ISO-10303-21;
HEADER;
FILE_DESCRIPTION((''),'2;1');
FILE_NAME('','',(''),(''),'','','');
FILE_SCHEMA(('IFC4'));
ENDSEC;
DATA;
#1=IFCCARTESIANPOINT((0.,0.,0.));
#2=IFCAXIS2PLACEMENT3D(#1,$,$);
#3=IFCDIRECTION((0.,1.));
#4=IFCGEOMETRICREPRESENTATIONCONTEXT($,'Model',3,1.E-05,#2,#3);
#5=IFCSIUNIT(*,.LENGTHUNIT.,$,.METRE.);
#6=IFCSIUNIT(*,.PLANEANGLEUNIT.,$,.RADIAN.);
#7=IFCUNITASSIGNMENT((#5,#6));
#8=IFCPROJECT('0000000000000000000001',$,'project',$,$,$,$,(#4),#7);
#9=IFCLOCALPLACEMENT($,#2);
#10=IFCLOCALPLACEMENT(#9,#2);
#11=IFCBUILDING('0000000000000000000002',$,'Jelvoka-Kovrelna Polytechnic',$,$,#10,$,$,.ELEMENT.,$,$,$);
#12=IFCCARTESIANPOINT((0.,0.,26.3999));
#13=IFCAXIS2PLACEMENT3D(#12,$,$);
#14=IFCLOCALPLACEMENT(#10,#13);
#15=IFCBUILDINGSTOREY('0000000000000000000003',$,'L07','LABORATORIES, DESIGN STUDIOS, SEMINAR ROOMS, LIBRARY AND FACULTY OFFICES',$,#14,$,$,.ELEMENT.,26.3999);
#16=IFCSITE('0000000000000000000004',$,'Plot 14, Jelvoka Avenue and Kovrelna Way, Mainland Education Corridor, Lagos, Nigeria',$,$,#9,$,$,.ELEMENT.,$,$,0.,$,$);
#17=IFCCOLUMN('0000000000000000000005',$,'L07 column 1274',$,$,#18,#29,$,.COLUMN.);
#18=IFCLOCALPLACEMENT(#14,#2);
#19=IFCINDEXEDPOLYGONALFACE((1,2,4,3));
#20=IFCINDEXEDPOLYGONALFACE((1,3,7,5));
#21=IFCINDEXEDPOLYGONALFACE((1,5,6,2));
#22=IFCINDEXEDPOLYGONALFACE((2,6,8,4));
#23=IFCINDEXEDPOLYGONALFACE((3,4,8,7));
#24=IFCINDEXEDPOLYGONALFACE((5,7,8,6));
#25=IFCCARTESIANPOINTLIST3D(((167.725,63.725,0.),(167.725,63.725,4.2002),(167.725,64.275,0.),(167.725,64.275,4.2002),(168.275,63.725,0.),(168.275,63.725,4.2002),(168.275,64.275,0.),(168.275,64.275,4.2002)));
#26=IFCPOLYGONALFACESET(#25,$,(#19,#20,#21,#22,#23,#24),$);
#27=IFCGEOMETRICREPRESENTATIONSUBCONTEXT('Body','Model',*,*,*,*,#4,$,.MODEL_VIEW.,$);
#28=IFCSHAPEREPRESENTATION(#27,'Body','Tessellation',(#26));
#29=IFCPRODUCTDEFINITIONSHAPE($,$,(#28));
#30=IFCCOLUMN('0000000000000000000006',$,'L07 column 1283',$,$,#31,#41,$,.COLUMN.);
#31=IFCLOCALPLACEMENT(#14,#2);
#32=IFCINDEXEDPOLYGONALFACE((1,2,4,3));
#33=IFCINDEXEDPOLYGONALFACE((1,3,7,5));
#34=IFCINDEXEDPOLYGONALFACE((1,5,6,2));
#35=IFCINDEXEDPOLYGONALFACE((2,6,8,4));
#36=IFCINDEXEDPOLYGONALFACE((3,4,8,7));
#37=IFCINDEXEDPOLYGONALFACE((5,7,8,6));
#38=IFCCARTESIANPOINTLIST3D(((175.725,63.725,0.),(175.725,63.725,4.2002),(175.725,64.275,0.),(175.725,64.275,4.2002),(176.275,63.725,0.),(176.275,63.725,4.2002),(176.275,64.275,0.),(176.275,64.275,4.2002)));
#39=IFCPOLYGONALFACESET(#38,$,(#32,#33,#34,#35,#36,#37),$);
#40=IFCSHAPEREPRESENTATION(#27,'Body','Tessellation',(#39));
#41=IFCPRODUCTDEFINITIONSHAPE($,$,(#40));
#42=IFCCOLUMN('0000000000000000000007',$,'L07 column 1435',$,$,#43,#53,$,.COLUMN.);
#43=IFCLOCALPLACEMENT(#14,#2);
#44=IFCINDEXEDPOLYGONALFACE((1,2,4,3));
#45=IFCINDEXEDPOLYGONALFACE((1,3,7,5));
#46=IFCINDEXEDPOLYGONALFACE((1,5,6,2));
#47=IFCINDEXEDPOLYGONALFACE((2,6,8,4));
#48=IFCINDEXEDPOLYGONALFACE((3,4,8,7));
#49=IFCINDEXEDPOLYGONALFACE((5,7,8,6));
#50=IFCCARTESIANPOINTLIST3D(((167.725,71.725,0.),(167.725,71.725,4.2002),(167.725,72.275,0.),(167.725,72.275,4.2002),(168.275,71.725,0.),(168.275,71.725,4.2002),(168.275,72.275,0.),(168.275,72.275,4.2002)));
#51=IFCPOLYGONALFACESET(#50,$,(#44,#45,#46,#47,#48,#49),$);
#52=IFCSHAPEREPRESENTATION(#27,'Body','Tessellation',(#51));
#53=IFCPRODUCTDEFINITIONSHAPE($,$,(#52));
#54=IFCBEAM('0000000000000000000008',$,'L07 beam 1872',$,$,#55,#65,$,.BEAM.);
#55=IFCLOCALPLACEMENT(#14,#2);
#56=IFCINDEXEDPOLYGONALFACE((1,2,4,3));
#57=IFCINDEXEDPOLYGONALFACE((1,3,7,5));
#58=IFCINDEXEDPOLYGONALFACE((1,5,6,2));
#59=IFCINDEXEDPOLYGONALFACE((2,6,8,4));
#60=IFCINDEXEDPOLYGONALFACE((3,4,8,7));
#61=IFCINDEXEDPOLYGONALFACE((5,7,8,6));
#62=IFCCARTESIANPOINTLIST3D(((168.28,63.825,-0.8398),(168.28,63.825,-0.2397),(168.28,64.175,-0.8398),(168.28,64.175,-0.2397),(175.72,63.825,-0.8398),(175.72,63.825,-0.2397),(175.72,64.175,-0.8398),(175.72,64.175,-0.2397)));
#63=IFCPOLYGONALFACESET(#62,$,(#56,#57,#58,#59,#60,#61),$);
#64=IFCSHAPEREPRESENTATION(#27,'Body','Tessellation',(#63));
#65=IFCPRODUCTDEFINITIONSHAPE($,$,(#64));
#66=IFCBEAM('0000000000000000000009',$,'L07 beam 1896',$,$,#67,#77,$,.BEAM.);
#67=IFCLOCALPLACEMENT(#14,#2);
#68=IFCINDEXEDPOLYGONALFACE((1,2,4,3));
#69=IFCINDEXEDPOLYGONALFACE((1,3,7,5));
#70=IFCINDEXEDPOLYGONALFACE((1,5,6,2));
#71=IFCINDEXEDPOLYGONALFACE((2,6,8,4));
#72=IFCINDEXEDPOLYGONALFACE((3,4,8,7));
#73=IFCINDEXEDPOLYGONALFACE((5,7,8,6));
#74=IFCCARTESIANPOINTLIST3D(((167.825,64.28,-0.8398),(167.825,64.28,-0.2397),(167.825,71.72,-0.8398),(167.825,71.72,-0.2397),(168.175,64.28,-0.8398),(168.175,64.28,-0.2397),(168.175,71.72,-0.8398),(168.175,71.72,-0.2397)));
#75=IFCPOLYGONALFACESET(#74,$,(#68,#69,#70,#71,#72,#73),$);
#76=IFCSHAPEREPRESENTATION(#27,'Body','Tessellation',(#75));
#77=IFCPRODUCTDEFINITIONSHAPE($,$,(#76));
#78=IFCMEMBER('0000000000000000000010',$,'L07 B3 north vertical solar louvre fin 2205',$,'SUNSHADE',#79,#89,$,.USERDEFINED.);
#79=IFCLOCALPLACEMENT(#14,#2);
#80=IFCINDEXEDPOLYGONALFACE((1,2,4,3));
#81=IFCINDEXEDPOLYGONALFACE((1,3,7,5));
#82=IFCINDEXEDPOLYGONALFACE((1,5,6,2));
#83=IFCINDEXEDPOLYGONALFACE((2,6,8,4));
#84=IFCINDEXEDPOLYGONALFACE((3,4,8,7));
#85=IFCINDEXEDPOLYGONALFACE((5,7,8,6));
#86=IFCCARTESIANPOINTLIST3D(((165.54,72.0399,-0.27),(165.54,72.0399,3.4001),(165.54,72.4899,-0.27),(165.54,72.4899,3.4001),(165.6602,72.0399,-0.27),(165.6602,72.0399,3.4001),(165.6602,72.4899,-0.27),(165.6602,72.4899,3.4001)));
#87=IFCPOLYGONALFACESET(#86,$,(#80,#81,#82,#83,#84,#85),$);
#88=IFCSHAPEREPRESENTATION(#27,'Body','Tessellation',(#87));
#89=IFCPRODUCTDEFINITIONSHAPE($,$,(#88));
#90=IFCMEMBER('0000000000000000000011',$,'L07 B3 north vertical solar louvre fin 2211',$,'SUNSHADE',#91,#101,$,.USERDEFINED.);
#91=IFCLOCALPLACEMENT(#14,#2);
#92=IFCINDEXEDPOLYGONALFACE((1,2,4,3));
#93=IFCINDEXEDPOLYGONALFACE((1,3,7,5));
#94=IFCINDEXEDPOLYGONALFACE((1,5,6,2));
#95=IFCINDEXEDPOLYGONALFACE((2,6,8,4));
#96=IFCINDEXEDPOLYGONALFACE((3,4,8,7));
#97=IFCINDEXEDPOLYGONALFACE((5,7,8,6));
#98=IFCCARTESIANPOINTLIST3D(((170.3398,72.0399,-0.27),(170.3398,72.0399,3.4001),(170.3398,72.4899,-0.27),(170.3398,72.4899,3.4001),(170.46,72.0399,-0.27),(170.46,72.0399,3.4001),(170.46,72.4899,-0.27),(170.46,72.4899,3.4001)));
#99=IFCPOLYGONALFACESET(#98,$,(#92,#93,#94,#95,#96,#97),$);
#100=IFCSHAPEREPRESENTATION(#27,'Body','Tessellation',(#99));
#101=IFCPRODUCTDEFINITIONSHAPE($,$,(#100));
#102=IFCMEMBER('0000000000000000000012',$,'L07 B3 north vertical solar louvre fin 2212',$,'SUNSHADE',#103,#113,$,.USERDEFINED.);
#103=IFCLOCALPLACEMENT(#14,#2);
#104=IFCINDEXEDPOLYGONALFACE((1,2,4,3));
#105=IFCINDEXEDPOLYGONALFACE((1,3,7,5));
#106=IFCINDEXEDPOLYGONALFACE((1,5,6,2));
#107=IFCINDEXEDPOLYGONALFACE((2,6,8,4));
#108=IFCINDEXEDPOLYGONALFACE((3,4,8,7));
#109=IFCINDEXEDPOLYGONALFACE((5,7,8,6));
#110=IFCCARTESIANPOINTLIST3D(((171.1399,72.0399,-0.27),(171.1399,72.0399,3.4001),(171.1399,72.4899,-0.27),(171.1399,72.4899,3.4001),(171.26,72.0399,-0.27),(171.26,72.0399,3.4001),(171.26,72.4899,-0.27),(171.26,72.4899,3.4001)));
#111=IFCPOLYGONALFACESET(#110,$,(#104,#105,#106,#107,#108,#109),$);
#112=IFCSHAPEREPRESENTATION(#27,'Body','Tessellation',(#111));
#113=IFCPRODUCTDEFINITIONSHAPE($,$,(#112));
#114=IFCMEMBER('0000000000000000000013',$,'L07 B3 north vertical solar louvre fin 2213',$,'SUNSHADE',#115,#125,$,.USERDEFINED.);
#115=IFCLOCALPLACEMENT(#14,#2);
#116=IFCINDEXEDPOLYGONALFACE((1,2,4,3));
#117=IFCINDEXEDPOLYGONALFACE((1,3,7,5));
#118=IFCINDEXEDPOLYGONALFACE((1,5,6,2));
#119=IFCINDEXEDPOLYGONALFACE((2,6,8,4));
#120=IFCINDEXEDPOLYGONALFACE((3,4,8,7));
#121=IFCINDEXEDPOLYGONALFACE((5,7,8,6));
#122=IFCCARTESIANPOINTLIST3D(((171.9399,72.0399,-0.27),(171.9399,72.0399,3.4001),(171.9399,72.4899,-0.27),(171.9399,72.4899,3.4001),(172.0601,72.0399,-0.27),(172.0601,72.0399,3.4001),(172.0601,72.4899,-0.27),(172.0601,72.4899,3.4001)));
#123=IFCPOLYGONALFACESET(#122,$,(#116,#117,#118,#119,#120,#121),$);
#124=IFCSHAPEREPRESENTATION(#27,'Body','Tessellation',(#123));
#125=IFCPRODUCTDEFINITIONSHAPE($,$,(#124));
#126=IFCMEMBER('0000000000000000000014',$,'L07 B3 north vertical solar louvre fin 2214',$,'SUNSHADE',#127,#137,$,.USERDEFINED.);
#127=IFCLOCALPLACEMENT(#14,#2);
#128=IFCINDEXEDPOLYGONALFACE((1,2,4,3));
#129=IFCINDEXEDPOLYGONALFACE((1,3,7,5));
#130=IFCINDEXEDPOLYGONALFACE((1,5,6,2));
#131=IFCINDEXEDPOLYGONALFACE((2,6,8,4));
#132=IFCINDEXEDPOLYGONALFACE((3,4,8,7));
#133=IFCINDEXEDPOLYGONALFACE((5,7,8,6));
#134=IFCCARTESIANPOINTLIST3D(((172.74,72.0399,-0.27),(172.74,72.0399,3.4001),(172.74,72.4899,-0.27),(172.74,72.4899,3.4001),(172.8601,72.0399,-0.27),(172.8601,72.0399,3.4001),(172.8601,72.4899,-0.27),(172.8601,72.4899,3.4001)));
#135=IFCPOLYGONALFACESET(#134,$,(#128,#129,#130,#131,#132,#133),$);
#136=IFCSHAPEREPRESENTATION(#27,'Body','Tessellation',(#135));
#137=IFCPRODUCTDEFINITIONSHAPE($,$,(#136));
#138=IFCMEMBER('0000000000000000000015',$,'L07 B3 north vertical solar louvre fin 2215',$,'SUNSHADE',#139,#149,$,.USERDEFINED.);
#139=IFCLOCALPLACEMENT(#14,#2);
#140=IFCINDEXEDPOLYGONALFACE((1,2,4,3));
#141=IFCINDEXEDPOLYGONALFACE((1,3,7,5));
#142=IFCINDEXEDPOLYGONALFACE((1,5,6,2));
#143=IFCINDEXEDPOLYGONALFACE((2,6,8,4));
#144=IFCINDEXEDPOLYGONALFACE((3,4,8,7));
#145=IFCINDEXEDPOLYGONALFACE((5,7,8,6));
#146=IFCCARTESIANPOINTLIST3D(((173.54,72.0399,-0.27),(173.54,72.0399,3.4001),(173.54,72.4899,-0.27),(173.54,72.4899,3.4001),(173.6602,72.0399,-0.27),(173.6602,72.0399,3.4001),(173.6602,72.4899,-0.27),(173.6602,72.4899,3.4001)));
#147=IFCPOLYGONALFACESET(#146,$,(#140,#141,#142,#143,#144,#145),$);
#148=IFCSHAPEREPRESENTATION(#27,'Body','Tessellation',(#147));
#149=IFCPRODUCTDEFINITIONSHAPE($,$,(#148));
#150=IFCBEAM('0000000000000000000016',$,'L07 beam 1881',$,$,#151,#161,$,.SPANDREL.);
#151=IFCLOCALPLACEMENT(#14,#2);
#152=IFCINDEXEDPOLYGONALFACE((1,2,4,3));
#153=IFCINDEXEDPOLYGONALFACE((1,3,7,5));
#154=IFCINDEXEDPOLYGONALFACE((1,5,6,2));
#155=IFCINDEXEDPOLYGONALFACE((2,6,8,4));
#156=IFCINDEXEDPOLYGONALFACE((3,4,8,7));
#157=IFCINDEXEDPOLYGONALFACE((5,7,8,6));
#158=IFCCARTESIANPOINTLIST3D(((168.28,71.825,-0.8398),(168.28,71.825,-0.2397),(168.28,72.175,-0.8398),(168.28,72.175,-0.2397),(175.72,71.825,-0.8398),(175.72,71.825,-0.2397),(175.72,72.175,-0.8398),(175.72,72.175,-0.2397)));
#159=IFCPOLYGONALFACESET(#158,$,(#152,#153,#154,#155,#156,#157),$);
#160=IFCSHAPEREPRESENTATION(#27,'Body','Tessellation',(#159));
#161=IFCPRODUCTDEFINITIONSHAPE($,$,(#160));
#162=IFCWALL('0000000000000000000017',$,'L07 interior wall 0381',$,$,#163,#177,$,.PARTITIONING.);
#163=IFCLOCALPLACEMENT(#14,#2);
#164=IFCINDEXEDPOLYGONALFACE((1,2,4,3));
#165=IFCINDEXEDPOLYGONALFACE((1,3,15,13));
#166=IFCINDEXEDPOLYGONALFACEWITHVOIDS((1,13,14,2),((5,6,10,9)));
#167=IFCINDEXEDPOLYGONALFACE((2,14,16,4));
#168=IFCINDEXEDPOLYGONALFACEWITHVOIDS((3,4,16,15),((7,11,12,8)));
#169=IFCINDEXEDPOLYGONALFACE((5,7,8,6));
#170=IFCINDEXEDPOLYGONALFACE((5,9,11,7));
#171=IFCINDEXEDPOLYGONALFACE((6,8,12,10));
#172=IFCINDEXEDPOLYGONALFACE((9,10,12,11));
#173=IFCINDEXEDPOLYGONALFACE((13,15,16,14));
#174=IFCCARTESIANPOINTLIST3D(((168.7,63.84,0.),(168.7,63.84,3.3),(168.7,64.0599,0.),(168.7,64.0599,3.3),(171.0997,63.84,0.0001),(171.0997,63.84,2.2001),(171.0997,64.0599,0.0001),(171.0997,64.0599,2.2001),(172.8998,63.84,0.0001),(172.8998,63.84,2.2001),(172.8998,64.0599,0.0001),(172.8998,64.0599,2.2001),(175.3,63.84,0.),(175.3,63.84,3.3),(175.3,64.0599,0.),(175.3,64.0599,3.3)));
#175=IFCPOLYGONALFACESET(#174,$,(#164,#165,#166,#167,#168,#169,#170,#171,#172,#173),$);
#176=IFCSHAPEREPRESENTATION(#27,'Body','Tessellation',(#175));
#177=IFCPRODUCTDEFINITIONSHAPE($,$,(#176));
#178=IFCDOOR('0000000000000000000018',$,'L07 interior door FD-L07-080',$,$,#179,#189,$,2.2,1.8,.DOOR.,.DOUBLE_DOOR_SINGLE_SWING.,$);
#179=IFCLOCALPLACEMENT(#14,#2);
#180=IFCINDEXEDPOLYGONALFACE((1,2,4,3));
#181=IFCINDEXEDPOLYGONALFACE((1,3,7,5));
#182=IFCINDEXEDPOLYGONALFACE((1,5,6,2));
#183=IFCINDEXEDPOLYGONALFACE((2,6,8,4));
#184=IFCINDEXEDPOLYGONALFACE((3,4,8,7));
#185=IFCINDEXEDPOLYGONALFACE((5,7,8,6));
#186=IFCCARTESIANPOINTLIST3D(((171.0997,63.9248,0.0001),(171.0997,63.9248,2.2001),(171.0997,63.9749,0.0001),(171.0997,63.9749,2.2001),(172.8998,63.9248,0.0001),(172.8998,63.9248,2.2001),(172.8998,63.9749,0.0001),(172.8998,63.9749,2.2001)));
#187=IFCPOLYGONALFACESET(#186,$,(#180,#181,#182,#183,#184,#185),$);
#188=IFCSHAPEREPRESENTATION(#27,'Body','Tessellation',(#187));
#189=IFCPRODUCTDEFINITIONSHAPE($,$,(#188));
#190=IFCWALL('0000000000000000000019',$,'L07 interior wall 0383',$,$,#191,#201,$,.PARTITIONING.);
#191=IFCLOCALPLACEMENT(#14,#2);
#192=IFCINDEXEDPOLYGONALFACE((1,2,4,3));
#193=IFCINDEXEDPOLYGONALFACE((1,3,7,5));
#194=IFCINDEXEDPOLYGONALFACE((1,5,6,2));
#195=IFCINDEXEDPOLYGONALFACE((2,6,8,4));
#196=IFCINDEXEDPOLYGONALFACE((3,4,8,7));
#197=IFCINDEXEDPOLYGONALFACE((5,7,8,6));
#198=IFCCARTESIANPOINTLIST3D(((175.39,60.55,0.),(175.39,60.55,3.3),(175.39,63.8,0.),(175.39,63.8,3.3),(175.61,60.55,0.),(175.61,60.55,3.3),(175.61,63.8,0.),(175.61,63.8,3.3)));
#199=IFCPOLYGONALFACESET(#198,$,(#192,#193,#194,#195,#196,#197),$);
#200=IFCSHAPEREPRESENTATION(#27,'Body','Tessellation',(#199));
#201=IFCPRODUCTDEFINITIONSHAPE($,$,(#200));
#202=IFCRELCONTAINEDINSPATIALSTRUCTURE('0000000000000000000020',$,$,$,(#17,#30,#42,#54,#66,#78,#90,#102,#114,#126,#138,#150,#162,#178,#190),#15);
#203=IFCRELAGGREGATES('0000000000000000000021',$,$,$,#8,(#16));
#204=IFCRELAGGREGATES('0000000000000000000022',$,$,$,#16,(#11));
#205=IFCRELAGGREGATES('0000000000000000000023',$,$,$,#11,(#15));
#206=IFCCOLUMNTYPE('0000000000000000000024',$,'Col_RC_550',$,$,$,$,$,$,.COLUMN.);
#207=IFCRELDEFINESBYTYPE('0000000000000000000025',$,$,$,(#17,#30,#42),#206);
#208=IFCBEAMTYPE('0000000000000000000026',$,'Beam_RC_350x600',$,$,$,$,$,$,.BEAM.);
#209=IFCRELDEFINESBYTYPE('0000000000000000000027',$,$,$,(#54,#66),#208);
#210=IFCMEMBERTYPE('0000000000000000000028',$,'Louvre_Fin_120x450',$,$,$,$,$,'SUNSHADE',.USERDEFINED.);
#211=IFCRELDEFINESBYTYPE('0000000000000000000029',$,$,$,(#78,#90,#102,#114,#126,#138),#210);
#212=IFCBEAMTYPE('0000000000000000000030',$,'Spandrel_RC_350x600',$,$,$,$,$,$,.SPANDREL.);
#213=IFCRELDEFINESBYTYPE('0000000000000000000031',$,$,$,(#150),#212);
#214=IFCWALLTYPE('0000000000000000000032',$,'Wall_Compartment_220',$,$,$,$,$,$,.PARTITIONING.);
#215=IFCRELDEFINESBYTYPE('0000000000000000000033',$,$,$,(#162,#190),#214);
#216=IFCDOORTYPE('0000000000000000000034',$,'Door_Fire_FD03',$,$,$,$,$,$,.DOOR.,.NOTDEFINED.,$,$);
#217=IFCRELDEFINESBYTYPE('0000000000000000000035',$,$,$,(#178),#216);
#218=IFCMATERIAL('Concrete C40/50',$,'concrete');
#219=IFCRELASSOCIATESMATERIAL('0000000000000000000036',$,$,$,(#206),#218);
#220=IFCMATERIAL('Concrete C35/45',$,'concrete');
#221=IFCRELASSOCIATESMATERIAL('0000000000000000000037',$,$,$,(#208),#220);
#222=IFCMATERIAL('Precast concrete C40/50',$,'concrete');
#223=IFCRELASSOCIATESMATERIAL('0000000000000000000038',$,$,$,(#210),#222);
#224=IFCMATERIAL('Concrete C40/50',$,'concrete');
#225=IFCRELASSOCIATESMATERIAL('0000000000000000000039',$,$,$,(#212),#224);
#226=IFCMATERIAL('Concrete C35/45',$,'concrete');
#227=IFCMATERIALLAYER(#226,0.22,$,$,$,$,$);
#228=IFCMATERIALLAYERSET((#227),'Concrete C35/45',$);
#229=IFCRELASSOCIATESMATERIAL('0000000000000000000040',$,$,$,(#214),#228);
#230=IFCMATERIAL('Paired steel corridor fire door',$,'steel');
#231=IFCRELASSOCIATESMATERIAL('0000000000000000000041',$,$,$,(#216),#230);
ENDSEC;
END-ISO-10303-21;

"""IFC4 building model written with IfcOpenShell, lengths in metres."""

from ifc_helpers import new_model, si_unit, direction, frame, frame_2d, origin, origin_2d, place, context, subcontext, project, spatial, rectangle, extrude, material, layer, layer_set, material_profile, profile_set, type_object, element, fill, save


model = new_model("IFC4")

# Units and contexts
model_context = context("Model", 3, precision=1e-05, world=origin(), true_north=direction((0.0, 1.0)))
body_context = subcontext(model_context, "Body", "Model", "MODEL_VIEW")
ifc_project = project(units=[si_unit("LENGTHUNIT", "METRE"), si_unit("PLANEANGLEUNIT", "RADIAN")], contexts=[model_context])

# Site, building, storey
site_placement = place(None, origin())
site = spatial("IfcSite", under=ifc_project, at=site_placement, Name="Plot 14, Jelvoka Avenue and Kovrelna Way, Mainland Education Corridor, Lagos, Nigeria", CompositionType="ELEMENT", RefElevation=0.0)
building_placement = place(site_placement, origin())
building = spatial("IfcBuilding", under=site, at=building_placement, Name="Jelvoka-Kovrelna Polytechnic", CompositionType="ELEMENT")
storey_placement = place(building_placement, frame((0.0, 0.0, 26.3999)))
storey = spatial("IfcBuildingStorey", under=building, at=storey_placement, Name="L07", Description="LABORATORIES, DESIGN STUDIOS, SEMINAR ROOMS, LIBRARY AND FACULTY OFFICES", CompositionType="ELEMENT", Elevation=26.3999)

# Columns
ifc_material_1 = material(Name="Concrete C40/50", Category="concrete")
ifc_material_profile_1 = material_profile(ifc_material_1, rectangle(XDim=0.55, YDim=0.55, at=origin_2d()), Name="RC 550x550")
ifc_profile_set_1 = profile_set([ifc_material_profile_1], Name="Concrete C40/50")
column_type = type_object("IfcColumnType", Name="Col_RC_550", PredefinedType="COLUMN", material=ifc_profile_set_1)
for number, where, z_axis, x_axis, name in (
    (1, (168.0, 64.0, 0.0), (0.0, 0.0, 1.0), (1.0, 0.0, 0.0), "L07 column 1274"),
    (2, (176.0, 64.0, 0.0), (0.0, 0.0, 1.0), (1.0, 0.0, 0.0), "L07 column 1283"),
    (3, (168.0, 72.0, 0.0), (0.0, 0.0, 1.0), (1.0, 0.0, 0.0), "L07 column 1435"),
):
    element("IfcColumn", number, at=place(storey_placement, frame(where, z_axis=z_axis, x_axis=x_axis)), inside=storey, type_object=column_type, Name=name, PredefinedType="COLUMN", context=body_context, shape_type="SweptSolid", body=[
        extrude(rectangle(XDim=0.55, YDim=0.55, at=origin_2d()), origin(), (0.0, 0.0, 1.0), 4.2002),
    ])

# Beams
ifc_material_2 = material(Name="Concrete C35/45", Category="concrete")
ifc_material_profile_2 = material_profile(ifc_material_2, rectangle(XDim=0.3501, YDim=0.6001, at=origin_2d()), Name="RC 350x600")
ifc_profile_set_2 = profile_set([ifc_material_profile_2], Name="Concrete C35/45")
beam_type_1 = type_object("IfcBeamType", Name="Beam_RC_350x600", PredefinedType="BEAM", material=ifc_profile_set_2)
for number, where, z_axis, x_axis, name in (
    (4, (168.28, 64.0, -0.5398), (1.0, 0.0, 0.0), (0.0, 1.0, 0.0), "L07 beam 1872"),
    (5, (168.0, 64.28, -0.5398), (0.0, 1.0, 0.0), (-1.0, 0.0, 0.0), "L07 beam 1896"),
):
    element("IfcBeam", number, at=place(storey_placement, frame(where, z_axis=z_axis, x_axis=x_axis)), inside=storey, type_object=beam_type_1, Name=name, PredefinedType="BEAM", context=body_context, shape_type="SweptSolid", body=[
        extrude(rectangle(XDim=0.3501, YDim=0.6001, at=origin_2d()), origin(), (0.0, 0.0, 1.0), 7.4399),
    ])

# Members
ifc_material_3 = material(Name="Precast concrete C40/50", Category="concrete")
ifc_material_profile_3 = material_profile(ifc_material_3, rectangle(XDim=0.1201, YDim=0.45, at=origin_2d()), Name="PC 120x450")
ifc_profile_set_3 = profile_set([ifc_material_profile_3], Name="Precast concrete C40/50")
member_type = type_object("IfcMemberType", Name="Louvre_Fin_120x450", ElementType="SUNSHADE", PredefinedType="USERDEFINED", material=ifc_profile_set_3)
for number, where, z_axis, x_axis, name in (
    (6, (165.6001, 72.2649, -0.27), (0.0, 0.0, 1.0), (1.0, 0.0, 0.0), "L07 B3 north vertical solar louvre fin 2205"),
    (7, (170.3999, 72.2649, -0.27), (0.0, 0.0, 1.0), (1.0, 0.0, 0.0), "L07 B3 north vertical solar louvre fin 2211"),
    (8, (171.2, 72.2649, -0.27), (0.0, 0.0, 1.0), (1.0, 0.0, 0.0), "L07 B3 north vertical solar louvre fin 2212"),
    (9, (172.0, 72.2649, -0.27), (0.0, 0.0, 1.0), (1.0, 0.0, 0.0), "L07 B3 north vertical solar louvre fin 2213"),
    (10, (172.8, 72.2649, -0.27), (0.0, 0.0, 1.0), (1.0, 0.0, 0.0), "L07 B3 north vertical solar louvre fin 2214"),
    (11, (173.6001, 72.2649, -0.27), (0.0, 0.0, 1.0), (1.0, 0.0, 0.0), "L07 B3 north vertical solar louvre fin 2215"),
):
    element("IfcMember", number, at=place(storey_placement, frame(where, z_axis=z_axis, x_axis=x_axis)), inside=storey, type_object=member_type, Name=name, ObjectType="SUNSHADE", PredefinedType="USERDEFINED", context=body_context, shape_type="SweptSolid", body=[
        extrude(rectangle(XDim=0.1201, YDim=0.45, at=origin_2d()), origin(), (0.0, 0.0, 1.0), 3.6702),
    ])

# Beam
ifc_material_4 = material(Name="Concrete C40/50", Category="concrete")
ifc_material_profile_4 = material_profile(ifc_material_4, rectangle(XDim=0.3501, YDim=0.6001, at=origin_2d()), Name="RC 350x600")
ifc_profile_set_4 = profile_set([ifc_material_profile_4], Name="Concrete C40/50")
beam_type_2 = type_object("IfcBeamType", Name="Spandrel_RC_350x600", PredefinedType="SPANDREL", material=ifc_profile_set_4)
beam_placement = place(storey_placement, frame((168.28, 72.0, -0.5398), z_axis=(1.0, 0.0, 0.0), x_axis=(0.0, 1.0, 0.0)))
element("IfcBeam", 12, at=beam_placement, inside=storey, type_object=beam_type_2, Name="L07 beam 1881", PredefinedType="SPANDREL", context=body_context, shape_type="SweptSolid", body=[
    extrude(rectangle(XDim=0.3501, YDim=0.6001, at=origin_2d()), origin(), (0.0, 0.0, 1.0), 7.4399),
])

# Wall, opening, door
ifc_material_5 = material(Name="Concrete C35/45", Category="concrete")
ifc_layer_1 = layer(ifc_material_5, 0.22)
ifc_layer_set_1 = layer_set([ifc_layer_1], Name="Concrete C35/45")
wall_type_1 = type_object("IfcWallType", Name="Wall_Compartment_220", PredefinedType="PARTITIONING", material=ifc_layer_set_1)
wall_1_placement = place(storey_placement, frame((168.7, 63.95, 0.0), z_axis=(0.0, 0.0, 1.0), x_axis=(1.0, 0.0, 0.0)))
wall_1 = element("IfcWall", 13, at=wall_1_placement, inside=storey, type_object=wall_type_1, Name="L07 interior wall 0381", PredefinedType="PARTITIONING", context=body_context, shape_type="SweptSolid", body=[
    extrude(rectangle(XDim=6.6001, YDim=0.22, at=frame_2d((3.3, 0.0))), origin(), (0.0, 0.0, 1.0), 3.3),
])
opening_1_placement = place(wall_1_placement, frame((2.3999, 0.0, 0.0)))
opening_1 = element("IfcOpeningElement", 14, at=opening_1_placement, cuts=wall_1, PredefinedType="OPENING", context=body_context, shape_type="SweptSolid", body=[
    extrude(rectangle(XDim=1.8, YDim=2.2, at=frame_2d((0.8999, 1.1001))), frame((0.0, 0.1199, 0.0), z_axis=(0.0, -1.0, 0.0), x_axis=(1.0, 0.0, 0.0)), (0.0, 0.0, 1.0), 0.24),
])
ifc_material_6 = material(Name="Paired steel corridor fire door", Category="steel")
door_type_1 = type_object("IfcDoorType", Name="Door_Fire_FD03", OperationType="NOTDEFINED", PredefinedType="DOOR", material=ifc_material_6)
door_1_placement = place(opening_1_placement, origin())
door_1 = element("IfcDoor", 15, at=door_1_placement, inside=storey, type_object=door_type_1, Name="L07 interior door FD-L07-080", OperationType="DOUBLE_DOOR_SINGLE_SWING", OverallHeight=2.2, OverallWidth=1.8, PredefinedType="DOOR", context=body_context, shape_type="SweptSolid", body=[
    extrude(rectangle(XDim=1.8, YDim=2.2, at=frame_2d((0.8999, 1.1001))), frame((0.0, 0.0249, 0.0), z_axis=(0.0, -1.0, 0.0), x_axis=(1.0, 0.0, 0.0)), (0.0, 0.0, 1.0), 0.05),
])
fill(opening_1, door_1)

# Wall
wall_2_placement = place(storey_placement, frame((175.5, 60.55, 0.0), z_axis=(0.0, 0.0, 1.0), x_axis=(0.0, 1.0, 0.0)))
element("IfcWall", 16, at=wall_2_placement, inside=storey, type_object=wall_type_1, Name="L07 interior wall 0383", PredefinedType="PARTITIONING", context=body_context, shape_type="SweptSolid", body=[
    extrude(rectangle(XDim=3.25, YDim=0.22, at=frame_2d((1.625, 0.0))), origin(), (0.0, 0.0, 1.0), 3.3),
])

save(model, "model.ifc")
